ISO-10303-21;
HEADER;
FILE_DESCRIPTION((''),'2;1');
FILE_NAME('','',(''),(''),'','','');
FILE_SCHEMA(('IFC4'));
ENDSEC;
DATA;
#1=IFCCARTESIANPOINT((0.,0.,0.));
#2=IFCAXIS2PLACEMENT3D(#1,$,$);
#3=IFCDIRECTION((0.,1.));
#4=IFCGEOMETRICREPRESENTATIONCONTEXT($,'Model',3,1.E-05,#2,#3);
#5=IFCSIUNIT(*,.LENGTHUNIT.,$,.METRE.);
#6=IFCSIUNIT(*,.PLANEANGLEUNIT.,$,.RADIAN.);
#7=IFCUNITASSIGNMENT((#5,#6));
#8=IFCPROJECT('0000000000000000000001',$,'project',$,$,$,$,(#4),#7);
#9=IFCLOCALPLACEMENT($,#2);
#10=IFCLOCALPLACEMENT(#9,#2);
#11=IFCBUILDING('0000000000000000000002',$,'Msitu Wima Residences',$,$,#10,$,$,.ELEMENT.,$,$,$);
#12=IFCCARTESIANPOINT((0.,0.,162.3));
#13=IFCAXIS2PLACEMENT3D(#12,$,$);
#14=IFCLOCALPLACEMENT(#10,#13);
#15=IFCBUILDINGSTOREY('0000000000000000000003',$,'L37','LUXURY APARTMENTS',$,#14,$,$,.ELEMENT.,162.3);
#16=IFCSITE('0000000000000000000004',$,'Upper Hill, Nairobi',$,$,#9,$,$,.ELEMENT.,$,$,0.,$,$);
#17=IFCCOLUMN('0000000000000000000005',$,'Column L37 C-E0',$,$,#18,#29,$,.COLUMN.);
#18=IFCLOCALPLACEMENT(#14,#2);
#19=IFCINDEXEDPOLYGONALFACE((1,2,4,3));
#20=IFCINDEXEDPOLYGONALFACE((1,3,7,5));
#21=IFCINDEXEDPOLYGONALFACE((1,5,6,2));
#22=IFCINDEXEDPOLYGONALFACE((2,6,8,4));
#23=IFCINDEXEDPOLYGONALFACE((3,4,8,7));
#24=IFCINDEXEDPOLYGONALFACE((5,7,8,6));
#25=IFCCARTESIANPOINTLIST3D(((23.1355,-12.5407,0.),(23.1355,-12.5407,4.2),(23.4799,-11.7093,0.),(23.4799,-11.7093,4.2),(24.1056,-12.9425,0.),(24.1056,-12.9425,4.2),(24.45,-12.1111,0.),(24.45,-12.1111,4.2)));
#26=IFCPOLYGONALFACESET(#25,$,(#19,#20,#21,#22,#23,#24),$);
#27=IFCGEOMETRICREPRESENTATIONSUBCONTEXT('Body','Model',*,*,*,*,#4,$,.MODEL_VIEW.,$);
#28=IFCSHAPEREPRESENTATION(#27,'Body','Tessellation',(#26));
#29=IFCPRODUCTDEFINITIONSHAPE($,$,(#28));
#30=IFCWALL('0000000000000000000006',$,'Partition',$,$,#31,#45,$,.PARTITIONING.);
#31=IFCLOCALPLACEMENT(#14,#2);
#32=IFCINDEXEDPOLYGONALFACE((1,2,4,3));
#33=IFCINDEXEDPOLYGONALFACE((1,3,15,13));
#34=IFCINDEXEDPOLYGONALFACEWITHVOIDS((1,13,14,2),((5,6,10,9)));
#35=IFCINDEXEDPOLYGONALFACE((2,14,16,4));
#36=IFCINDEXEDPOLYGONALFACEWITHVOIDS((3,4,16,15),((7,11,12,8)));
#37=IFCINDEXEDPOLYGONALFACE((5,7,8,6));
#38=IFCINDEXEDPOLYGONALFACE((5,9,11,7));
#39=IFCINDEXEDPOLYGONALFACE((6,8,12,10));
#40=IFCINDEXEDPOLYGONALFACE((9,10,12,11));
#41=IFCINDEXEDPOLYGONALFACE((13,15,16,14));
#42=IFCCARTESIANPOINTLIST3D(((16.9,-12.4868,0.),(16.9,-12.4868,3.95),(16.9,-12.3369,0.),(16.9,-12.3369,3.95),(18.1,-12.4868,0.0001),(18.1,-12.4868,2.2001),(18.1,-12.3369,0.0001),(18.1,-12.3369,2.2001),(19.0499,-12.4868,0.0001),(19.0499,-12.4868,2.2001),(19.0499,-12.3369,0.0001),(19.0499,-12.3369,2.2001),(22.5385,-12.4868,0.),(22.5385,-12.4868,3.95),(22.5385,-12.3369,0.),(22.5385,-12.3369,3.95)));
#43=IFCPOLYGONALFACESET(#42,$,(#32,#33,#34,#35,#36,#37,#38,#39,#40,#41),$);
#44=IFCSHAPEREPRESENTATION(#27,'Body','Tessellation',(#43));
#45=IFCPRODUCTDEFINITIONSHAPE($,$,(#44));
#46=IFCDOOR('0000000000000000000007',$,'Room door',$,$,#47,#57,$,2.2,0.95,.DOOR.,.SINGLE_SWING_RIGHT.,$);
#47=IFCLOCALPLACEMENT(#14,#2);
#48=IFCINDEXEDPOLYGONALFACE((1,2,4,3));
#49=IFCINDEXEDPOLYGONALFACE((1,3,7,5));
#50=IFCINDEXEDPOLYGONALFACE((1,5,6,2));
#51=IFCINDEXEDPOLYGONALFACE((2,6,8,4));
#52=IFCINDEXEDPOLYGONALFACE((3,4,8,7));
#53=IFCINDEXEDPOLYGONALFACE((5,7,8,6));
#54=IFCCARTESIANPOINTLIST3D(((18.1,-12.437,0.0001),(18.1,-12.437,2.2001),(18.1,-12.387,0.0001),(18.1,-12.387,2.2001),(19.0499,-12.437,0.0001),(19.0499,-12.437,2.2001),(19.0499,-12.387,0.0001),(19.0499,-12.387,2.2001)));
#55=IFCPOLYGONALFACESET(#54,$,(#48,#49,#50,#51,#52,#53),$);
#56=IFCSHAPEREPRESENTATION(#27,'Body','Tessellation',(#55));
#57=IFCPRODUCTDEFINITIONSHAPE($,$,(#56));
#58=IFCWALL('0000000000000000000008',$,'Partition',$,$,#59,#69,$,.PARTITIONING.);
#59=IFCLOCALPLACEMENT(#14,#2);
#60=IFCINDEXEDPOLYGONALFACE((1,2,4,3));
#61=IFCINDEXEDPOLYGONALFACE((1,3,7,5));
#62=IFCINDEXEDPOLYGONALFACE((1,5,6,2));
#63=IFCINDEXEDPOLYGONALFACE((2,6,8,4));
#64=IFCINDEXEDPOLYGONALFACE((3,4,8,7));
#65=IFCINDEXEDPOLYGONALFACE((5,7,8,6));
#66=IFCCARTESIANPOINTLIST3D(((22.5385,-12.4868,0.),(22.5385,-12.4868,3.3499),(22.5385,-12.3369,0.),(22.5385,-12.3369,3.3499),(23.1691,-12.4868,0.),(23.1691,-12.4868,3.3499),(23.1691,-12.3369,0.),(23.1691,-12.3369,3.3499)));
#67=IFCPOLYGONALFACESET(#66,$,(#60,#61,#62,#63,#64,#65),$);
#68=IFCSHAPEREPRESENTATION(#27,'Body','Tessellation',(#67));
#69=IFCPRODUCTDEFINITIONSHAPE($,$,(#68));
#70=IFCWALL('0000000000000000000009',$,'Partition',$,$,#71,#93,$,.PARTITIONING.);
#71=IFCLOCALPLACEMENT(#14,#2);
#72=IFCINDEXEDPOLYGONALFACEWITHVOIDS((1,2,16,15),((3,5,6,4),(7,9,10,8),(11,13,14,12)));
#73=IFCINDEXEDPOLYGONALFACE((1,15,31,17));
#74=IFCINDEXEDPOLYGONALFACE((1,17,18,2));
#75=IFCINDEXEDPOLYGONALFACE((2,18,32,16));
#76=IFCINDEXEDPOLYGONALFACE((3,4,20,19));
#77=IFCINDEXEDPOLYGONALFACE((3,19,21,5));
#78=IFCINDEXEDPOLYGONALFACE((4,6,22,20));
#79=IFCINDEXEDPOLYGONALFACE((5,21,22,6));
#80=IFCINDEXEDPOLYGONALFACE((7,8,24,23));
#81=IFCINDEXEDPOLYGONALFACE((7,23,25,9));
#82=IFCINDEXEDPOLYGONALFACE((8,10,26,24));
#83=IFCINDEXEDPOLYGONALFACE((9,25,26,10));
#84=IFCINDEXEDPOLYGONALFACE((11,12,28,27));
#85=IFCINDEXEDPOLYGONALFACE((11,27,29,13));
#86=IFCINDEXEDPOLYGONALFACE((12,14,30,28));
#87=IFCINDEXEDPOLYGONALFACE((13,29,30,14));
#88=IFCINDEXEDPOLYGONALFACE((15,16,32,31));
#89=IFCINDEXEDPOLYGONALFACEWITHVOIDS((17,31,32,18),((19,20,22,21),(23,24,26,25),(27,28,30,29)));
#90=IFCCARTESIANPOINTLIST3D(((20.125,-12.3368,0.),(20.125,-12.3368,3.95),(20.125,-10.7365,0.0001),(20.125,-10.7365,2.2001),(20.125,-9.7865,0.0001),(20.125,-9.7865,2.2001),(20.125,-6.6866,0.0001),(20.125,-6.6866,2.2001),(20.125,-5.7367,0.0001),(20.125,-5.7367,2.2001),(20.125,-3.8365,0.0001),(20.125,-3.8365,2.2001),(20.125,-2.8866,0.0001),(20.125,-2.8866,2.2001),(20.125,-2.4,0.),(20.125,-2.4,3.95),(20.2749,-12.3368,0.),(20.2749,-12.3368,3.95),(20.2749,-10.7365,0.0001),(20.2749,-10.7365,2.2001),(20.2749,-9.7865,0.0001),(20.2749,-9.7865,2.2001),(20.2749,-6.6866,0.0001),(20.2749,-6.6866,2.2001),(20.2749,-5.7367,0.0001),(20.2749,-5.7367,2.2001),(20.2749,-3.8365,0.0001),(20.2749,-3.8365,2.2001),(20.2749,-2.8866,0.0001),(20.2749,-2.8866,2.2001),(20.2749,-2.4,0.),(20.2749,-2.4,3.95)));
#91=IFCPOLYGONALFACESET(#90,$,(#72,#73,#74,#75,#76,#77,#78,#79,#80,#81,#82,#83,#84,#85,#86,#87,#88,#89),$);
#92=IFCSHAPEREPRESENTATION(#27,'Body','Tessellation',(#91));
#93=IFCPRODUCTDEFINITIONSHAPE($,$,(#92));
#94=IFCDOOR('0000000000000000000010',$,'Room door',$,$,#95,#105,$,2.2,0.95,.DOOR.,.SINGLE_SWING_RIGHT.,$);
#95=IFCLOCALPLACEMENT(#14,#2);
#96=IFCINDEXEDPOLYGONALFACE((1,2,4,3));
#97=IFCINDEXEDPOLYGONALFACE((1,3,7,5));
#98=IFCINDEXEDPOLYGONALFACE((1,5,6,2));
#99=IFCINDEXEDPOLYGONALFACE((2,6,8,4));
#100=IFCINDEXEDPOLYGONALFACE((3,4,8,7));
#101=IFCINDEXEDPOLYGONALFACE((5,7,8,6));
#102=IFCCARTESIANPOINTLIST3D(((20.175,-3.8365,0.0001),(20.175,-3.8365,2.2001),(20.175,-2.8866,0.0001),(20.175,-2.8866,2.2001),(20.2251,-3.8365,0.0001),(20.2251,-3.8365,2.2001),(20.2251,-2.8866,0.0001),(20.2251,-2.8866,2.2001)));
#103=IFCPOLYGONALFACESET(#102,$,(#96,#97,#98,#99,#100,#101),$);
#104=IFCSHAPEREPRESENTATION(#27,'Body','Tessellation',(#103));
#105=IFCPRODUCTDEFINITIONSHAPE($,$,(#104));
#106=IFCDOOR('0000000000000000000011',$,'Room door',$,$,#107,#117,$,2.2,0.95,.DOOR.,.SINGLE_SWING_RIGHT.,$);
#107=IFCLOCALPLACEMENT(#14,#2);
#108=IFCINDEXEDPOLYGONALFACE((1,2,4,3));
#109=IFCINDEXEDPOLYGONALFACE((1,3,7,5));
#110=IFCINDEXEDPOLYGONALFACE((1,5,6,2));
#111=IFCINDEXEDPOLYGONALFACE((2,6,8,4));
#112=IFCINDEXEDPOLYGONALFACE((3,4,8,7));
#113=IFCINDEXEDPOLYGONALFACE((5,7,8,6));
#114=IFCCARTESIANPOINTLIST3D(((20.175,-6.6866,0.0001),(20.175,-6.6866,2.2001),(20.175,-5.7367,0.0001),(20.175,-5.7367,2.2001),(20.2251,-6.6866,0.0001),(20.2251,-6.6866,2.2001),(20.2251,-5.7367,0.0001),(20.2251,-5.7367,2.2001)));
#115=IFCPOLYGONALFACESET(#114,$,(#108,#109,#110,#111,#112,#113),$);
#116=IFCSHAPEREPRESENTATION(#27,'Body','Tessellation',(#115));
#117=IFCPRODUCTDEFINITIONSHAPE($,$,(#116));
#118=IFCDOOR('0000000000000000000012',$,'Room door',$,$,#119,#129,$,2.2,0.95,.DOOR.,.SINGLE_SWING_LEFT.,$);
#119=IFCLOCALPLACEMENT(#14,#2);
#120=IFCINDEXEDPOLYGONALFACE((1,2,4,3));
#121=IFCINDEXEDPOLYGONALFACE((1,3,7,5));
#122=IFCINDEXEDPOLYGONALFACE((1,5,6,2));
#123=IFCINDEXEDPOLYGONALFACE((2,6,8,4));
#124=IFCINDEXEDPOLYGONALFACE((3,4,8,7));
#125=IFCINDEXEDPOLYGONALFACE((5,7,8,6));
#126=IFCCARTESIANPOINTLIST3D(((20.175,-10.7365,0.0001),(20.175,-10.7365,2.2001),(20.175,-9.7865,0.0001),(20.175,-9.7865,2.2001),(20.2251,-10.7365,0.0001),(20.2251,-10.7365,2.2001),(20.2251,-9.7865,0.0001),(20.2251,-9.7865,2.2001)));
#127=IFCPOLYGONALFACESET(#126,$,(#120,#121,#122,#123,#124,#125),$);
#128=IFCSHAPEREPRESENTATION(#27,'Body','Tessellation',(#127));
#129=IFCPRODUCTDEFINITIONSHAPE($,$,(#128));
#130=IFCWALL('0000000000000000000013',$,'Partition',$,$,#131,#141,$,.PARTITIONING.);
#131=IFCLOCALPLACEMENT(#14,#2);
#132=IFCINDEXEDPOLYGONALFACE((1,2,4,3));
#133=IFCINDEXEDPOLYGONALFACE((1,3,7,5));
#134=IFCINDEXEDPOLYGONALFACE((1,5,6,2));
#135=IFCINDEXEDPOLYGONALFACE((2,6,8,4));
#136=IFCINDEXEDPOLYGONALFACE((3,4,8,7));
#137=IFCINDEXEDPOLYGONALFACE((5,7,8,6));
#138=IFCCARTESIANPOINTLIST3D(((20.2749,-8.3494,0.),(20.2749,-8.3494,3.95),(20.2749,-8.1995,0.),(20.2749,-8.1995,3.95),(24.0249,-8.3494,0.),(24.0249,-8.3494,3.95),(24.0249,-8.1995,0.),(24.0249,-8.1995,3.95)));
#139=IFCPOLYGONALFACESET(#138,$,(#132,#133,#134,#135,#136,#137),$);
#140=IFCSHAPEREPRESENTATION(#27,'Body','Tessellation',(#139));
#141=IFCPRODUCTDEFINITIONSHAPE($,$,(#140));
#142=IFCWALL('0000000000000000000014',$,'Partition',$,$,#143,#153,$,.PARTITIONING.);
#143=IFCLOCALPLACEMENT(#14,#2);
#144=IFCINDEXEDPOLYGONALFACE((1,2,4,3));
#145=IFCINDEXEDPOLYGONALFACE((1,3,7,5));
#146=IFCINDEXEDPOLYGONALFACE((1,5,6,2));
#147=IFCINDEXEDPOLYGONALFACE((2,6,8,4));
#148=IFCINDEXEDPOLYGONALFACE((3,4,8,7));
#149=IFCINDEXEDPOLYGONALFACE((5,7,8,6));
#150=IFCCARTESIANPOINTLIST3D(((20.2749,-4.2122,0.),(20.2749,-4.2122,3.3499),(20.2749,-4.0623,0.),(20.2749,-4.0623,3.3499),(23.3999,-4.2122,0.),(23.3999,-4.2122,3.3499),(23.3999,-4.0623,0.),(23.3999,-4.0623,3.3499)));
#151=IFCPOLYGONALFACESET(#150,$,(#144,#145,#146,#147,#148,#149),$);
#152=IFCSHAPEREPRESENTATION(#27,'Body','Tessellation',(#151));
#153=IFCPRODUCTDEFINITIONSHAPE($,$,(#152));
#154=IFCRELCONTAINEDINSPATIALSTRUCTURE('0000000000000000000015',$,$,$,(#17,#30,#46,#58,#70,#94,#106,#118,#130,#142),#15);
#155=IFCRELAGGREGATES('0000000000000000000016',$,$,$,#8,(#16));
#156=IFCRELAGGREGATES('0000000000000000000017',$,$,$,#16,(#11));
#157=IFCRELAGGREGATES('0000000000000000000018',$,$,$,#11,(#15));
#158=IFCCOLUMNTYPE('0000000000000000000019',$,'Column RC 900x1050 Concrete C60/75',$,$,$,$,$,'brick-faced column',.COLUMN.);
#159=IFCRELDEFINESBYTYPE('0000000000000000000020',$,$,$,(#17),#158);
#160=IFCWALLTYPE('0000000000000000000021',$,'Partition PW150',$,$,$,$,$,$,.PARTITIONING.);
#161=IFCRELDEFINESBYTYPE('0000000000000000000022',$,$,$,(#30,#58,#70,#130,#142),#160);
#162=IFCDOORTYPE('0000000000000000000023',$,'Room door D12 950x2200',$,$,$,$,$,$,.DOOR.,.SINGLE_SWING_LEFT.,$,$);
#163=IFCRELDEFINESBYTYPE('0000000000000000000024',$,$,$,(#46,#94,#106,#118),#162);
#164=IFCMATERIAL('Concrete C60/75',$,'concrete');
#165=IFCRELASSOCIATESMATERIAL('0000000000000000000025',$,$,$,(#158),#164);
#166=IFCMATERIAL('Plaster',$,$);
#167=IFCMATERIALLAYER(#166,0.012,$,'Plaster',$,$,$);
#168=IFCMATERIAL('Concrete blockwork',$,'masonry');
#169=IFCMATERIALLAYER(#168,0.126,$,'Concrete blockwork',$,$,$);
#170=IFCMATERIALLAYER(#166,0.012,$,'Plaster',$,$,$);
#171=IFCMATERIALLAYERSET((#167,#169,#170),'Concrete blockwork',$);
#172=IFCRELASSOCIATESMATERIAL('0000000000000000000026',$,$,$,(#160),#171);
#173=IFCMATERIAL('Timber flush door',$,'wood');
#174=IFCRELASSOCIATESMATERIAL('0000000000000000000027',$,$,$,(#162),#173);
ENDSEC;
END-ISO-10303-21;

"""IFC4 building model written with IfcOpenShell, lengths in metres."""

from ifc_helpers import new_model, si_unit, direction, frame, frame_2d, origin, origin_2d, place, context, subcontext, project, spatial, rectangle, extrude, material, layer, layer_set, material_profile, profile_set, type_object, element, fill, save


model = new_model("IFC4")

# Units and contexts
model_context = context("Model", 3, precision=1e-05, world=origin(), true_north=direction((0.0, 1.0)))
body_context = subcontext(model_context, "Body", "Model", "MODEL_VIEW")
ifc_project = project(units=[si_unit("LENGTHUNIT", "METRE"), si_unit("PLANEANGLEUNIT", "RADIAN")], contexts=[model_context])

# Site, building, storey
site_placement = place(None, origin())
site = spatial("IfcSite", under=ifc_project, at=site_placement, Name="Upper Hill, Nairobi", CompositionType="ELEMENT", RefElevation=0.0)
building_placement = place(site_placement, origin())
building = spatial("IfcBuilding", under=site, at=building_placement, Name="Msitu Wima Residences", CompositionType="ELEMENT")
storey_placement = place(building_placement, frame((0.0, 0.0, 162.3)))
storey = spatial("IfcBuildingStorey", under=building, at=storey_placement, Name="L37", Description="LUXURY APARTMENTS", CompositionType="ELEMENT", Elevation=162.3)

# Column
ifc_material_1 = material(Name="Concrete C60/75", Category="concrete")
ifc_material_profile = material_profile(ifc_material_1, rectangle(XDim=0.8999, YDim=1.05, at=origin_2d()), Name="RC 900x1050")
ifc_profile_set = profile_set([ifc_material_profile], Name="Concrete C60/75")
column_type = type_object("IfcColumnType", Name="Column RC 900x1050 Concrete C60/75", ElementType="brick-faced column", PredefinedType="COLUMN", material=ifc_profile_set)
column_placement = place(storey_placement, frame((23.7927, -12.3259, 0.0), z_axis=(0.0, 0.0, 1.0), x_axis=(0.382683, 0.92388, 0.0)))
element("IfcColumn", 1, at=column_placement, inside=storey, type_object=column_type, Name="Column L37 C-E0", PredefinedType="COLUMN", context=body_context, shape_type="SweptSolid", body=[
    extrude(rectangle(XDim=0.8999, YDim=1.05, at=origin_2d()), origin(), (0.0, 0.0, 1.0), 4.2),
])

# Wall, opening, door
ifc_material_2 = material(Name="Plaster")
ifc_layer_1 = layer(ifc_material_2, 0.012, Name="Plaster")
ifc_material_3 = material(Name="Concrete blockwork", Category="masonry")
ifc_layer_2 = layer(ifc_material_3, 0.126, Name="Concrete blockwork")
ifc_layer_3 = layer(ifc_material_2, 0.012, Name="Plaster")
ifc_layer_set_1 = layer_set([ifc_layer_1, ifc_layer_2, ifc_layer_3], Name="Concrete blockwork")
wall_type_1 = type_object("IfcWallType", Name="Partition PW150", PredefinedType="PARTITIONING", material=ifc_layer_set_1)
wall_1_placement = place(storey_placement, frame((16.8999, -12.4119, 0.0), z_axis=(0.0, 0.0, 1.0), x_axis=(1.0, 0.0, 0.0)))
wall_1 = element("IfcWall", 2, at=wall_1_placement, inside=storey, type_object=wall_type_1, Name="Partition", PredefinedType="PARTITIONING", context=body_context, shape_type="SweptSolid", body=[
    extrude(rectangle(XDim=5.6384, YDim=0.1499, at=frame_2d((2.8193, 0.0))), origin(), (0.0, 0.0, 1.0), 3.95),
])
opening_1_placement = place(wall_1_placement, frame((1.2, 0.0, 0.0)))
opening_1 = element("IfcOpeningElement", 3, at=opening_1_placement, cuts=wall_1, PredefinedType="OPENING", context=body_context, shape_type="SweptSolid", body=[
    extrude(rectangle(XDim=0.95, YDim=2.2, at=frame_2d((0.4751, 1.1001))), frame((0.0, 0.085, 0.0), z_axis=(0.0, -1.0, 0.0), x_axis=(1.0, 0.0, 0.0)), (0.0, 0.0, 1.0), 0.1699),
])
ifc_material_4 = material(Name="Timber flush door", Category="wood")
door_type_1 = type_object("IfcDoorType", Name="Room door D12 950x2200", OperationType="SINGLE_SWING_LEFT", PredefinedType="DOOR", material=ifc_material_4)
door_1_placement = place(opening_1_placement, origin())
door_1 = element("IfcDoor", 4, at=door_1_placement, inside=storey, type_object=door_type_1, Name="Room door", OperationType="SINGLE_SWING_RIGHT", OverallHeight=2.2, OverallWidth=0.95, PredefinedType="DOOR", context=body_context, shape_type="SweptSolid", body=[
    extrude(rectangle(XDim=0.95, YDim=2.2, at=frame_2d((0.4751, 1.1001))), frame((0.0, 0.0249, 0.0), z_axis=(0.0, -1.0, 0.0), x_axis=(1.0, 0.0, 0.0)), (0.0, 0.0, 1.0), 0.05),
])
fill(opening_1, door_1)

# Wall
wall_2_placement = place(storey_placement, frame((22.5383, -12.4119, 0.0), z_axis=(0.0, 0.0, 1.0), x_axis=(1.0, 0.0, 0.0)))
element("IfcWall", 5, at=wall_2_placement, inside=storey, type_object=wall_type_1, Name="Partition", PredefinedType="PARTITIONING", context=body_context, shape_type="SweptSolid", body=[
    extrude(rectangle(XDim=0.6306, YDim=0.1499, at=frame_2d((0.3154, 0.0))), origin(), (0.0, 0.0, 1.0), 3.3499),
])

# Wall, openings, doors
wall_3_placement = place(storey_placement, frame((20.2, -12.3367, 0.0), z_axis=(0.0, 0.0, 1.0), x_axis=(0.0, 1.0, 0.0)))
wall_3 = element("IfcWall", 6, at=wall_3_placement, inside=storey, type_object=wall_type_1, Name="Partition", PredefinedType="PARTITIONING", context=body_context, shape_type="SweptSolid", body=[
    extrude(rectangle(XDim=9.9368, YDim=0.1499, at=frame_2d((4.9683, 0.0))), origin(), (0.0, 0.0, 1.0), 3.95),
])
opening_2_placement = place(wall_3_placement, frame((8.5, 0.0, 0.0)))
opening_2 = element("IfcOpeningElement", 7, at=opening_2_placement, cuts=wall_3, PredefinedType="OPENING", context=body_context, shape_type="SweptSolid", body=[
    extrude(rectangle(XDim=0.95, YDim=2.2, at=frame_2d((0.4751, 1.1001))), frame((0.0, 0.085, 0.0), z_axis=(0.0, -1.0, 0.0), x_axis=(1.0, 0.0, 0.0)), (0.0, 0.0, 1.0), 0.1699),
])
opening_3_placement = place(wall_3_placement, frame((5.6499, 0.0, 0.0)))
opening_3 = element("IfcOpeningElement", 8, at=opening_3_placement, cuts=wall_3, PredefinedType="OPENING", context=body_context, shape_type="SweptSolid", body=[
    extrude(rectangle(XDim=0.95, YDim=2.2, at=frame_2d((0.4751, 1.1001))), frame((0.0, 0.085, 0.0), z_axis=(0.0, -1.0, 0.0), x_axis=(1.0, 0.0, 0.0)), (0.0, 0.0, 1.0), 0.1699),
])
opening_4_placement = place(wall_3_placement, frame((1.6001, 0.0, 0.0)))
opening_4 = element("IfcOpeningElement", 9, at=opening_4_placement, cuts=wall_3, PredefinedType="OPENING", context=body_context, shape_type="SweptSolid", body=[
    extrude(rectangle(XDim=0.95, YDim=2.2, at=frame_2d((0.4751, 1.1001))), frame((0.0, 0.085, 0.0), z_axis=(0.0, -1.0, 0.0), x_axis=(1.0, 0.0, 0.0)), (0.0, 0.0, 1.0), 0.1699),
])
door_2_placement = place(opening_2_placement, origin())
door_2 = element("IfcDoor", 10, at=door_2_placement, inside=storey, type_object=door_type_1, Name="Room door", OperationType="SINGLE_SWING_RIGHT", OverallHeight=2.2, OverallWidth=0.95, PredefinedType="DOOR", context=body_context, shape_type="SweptSolid", body=[
    extrude(rectangle(XDim=0.95, YDim=2.2, at=frame_2d((0.4751, 1.1001))), frame((0.0, 0.0249, 0.0), z_axis=(0.0, -1.0, 0.0), x_axis=(1.0, 0.0, 0.0)), (0.0, 0.0, 1.0), 0.05),
])
fill(opening_2, door_2)
door_3_placement = place(opening_3_placement, origin())
door_3 = element("IfcDoor", 11, at=door_3_placement, inside=storey, type_object=door_type_1, Name="Room door", OperationType="SINGLE_SWING_RIGHT", OverallHeight=2.2, OverallWidth=0.95, PredefinedType="DOOR", context=body_context, shape_type="SweptSolid", body=[
    extrude(rectangle(XDim=0.95, YDim=2.2, at=frame_2d((0.4751, 1.1001))), frame((0.0, 0.0249, 0.0), z_axis=(0.0, -1.0, 0.0), x_axis=(1.0, 0.0, 0.0)), (0.0, 0.0, 1.0), 0.05),
])
fill(opening_3, door_3)
door_4_placement = place(opening_4_placement, origin())
door_4 = element("IfcDoor", 12, at=door_4_placement, inside=storey, type_object=door_type_1, Name="Room door", OperationType="SINGLE_SWING_LEFT", OverallHeight=2.2, OverallWidth=0.95, PredefinedType="DOOR", context=body_context, shape_type="SweptSolid", body=[
    extrude(rectangle(XDim=0.95, YDim=2.2, at=frame_2d((0.4751, 1.1001))), frame((0.0, 0.0249, 0.0), z_axis=(0.0, -1.0, 0.0), x_axis=(1.0, 0.0, 0.0)), (0.0, 0.0, 1.0), 0.05),
])
fill(opening_4, door_4)

# Walls
wall_4_placement = place(storey_placement, frame((20.2749, -8.2744, 0.0), z_axis=(0.0, 0.0, 1.0), x_axis=(1.0, 0.0, 0.0)))
element("IfcWall", 13, at=wall_4_placement, inside=storey, type_object=wall_type_1, Name="Partition", PredefinedType="PARTITIONING", context=body_context, shape_type="SweptSolid", body=[
    extrude(rectangle(XDim=3.75, YDim=0.1499, at=frame_2d((1.875, 0.0))), origin(), (0.0, 0.0, 1.0), 3.95),
])
wall_5_placement = place(storey_placement, frame((20.2749, -4.1372, 0.0), z_axis=(0.0, 0.0, 1.0), x_axis=(1.0, 0.0, 0.0)))
element("IfcWall", 14, at=wall_5_placement, inside=storey, type_object=wall_type_1, Name="Partition", PredefinedType="PARTITIONING", context=body_context, shape_type="SweptSolid", body=[
    extrude(rectangle(XDim=3.125, YDim=0.1499, at=frame_2d((1.5625, 0.0))), origin(), (0.0, 0.0, 1.0), 3.3499),
])

save(model, "model.ifc")
